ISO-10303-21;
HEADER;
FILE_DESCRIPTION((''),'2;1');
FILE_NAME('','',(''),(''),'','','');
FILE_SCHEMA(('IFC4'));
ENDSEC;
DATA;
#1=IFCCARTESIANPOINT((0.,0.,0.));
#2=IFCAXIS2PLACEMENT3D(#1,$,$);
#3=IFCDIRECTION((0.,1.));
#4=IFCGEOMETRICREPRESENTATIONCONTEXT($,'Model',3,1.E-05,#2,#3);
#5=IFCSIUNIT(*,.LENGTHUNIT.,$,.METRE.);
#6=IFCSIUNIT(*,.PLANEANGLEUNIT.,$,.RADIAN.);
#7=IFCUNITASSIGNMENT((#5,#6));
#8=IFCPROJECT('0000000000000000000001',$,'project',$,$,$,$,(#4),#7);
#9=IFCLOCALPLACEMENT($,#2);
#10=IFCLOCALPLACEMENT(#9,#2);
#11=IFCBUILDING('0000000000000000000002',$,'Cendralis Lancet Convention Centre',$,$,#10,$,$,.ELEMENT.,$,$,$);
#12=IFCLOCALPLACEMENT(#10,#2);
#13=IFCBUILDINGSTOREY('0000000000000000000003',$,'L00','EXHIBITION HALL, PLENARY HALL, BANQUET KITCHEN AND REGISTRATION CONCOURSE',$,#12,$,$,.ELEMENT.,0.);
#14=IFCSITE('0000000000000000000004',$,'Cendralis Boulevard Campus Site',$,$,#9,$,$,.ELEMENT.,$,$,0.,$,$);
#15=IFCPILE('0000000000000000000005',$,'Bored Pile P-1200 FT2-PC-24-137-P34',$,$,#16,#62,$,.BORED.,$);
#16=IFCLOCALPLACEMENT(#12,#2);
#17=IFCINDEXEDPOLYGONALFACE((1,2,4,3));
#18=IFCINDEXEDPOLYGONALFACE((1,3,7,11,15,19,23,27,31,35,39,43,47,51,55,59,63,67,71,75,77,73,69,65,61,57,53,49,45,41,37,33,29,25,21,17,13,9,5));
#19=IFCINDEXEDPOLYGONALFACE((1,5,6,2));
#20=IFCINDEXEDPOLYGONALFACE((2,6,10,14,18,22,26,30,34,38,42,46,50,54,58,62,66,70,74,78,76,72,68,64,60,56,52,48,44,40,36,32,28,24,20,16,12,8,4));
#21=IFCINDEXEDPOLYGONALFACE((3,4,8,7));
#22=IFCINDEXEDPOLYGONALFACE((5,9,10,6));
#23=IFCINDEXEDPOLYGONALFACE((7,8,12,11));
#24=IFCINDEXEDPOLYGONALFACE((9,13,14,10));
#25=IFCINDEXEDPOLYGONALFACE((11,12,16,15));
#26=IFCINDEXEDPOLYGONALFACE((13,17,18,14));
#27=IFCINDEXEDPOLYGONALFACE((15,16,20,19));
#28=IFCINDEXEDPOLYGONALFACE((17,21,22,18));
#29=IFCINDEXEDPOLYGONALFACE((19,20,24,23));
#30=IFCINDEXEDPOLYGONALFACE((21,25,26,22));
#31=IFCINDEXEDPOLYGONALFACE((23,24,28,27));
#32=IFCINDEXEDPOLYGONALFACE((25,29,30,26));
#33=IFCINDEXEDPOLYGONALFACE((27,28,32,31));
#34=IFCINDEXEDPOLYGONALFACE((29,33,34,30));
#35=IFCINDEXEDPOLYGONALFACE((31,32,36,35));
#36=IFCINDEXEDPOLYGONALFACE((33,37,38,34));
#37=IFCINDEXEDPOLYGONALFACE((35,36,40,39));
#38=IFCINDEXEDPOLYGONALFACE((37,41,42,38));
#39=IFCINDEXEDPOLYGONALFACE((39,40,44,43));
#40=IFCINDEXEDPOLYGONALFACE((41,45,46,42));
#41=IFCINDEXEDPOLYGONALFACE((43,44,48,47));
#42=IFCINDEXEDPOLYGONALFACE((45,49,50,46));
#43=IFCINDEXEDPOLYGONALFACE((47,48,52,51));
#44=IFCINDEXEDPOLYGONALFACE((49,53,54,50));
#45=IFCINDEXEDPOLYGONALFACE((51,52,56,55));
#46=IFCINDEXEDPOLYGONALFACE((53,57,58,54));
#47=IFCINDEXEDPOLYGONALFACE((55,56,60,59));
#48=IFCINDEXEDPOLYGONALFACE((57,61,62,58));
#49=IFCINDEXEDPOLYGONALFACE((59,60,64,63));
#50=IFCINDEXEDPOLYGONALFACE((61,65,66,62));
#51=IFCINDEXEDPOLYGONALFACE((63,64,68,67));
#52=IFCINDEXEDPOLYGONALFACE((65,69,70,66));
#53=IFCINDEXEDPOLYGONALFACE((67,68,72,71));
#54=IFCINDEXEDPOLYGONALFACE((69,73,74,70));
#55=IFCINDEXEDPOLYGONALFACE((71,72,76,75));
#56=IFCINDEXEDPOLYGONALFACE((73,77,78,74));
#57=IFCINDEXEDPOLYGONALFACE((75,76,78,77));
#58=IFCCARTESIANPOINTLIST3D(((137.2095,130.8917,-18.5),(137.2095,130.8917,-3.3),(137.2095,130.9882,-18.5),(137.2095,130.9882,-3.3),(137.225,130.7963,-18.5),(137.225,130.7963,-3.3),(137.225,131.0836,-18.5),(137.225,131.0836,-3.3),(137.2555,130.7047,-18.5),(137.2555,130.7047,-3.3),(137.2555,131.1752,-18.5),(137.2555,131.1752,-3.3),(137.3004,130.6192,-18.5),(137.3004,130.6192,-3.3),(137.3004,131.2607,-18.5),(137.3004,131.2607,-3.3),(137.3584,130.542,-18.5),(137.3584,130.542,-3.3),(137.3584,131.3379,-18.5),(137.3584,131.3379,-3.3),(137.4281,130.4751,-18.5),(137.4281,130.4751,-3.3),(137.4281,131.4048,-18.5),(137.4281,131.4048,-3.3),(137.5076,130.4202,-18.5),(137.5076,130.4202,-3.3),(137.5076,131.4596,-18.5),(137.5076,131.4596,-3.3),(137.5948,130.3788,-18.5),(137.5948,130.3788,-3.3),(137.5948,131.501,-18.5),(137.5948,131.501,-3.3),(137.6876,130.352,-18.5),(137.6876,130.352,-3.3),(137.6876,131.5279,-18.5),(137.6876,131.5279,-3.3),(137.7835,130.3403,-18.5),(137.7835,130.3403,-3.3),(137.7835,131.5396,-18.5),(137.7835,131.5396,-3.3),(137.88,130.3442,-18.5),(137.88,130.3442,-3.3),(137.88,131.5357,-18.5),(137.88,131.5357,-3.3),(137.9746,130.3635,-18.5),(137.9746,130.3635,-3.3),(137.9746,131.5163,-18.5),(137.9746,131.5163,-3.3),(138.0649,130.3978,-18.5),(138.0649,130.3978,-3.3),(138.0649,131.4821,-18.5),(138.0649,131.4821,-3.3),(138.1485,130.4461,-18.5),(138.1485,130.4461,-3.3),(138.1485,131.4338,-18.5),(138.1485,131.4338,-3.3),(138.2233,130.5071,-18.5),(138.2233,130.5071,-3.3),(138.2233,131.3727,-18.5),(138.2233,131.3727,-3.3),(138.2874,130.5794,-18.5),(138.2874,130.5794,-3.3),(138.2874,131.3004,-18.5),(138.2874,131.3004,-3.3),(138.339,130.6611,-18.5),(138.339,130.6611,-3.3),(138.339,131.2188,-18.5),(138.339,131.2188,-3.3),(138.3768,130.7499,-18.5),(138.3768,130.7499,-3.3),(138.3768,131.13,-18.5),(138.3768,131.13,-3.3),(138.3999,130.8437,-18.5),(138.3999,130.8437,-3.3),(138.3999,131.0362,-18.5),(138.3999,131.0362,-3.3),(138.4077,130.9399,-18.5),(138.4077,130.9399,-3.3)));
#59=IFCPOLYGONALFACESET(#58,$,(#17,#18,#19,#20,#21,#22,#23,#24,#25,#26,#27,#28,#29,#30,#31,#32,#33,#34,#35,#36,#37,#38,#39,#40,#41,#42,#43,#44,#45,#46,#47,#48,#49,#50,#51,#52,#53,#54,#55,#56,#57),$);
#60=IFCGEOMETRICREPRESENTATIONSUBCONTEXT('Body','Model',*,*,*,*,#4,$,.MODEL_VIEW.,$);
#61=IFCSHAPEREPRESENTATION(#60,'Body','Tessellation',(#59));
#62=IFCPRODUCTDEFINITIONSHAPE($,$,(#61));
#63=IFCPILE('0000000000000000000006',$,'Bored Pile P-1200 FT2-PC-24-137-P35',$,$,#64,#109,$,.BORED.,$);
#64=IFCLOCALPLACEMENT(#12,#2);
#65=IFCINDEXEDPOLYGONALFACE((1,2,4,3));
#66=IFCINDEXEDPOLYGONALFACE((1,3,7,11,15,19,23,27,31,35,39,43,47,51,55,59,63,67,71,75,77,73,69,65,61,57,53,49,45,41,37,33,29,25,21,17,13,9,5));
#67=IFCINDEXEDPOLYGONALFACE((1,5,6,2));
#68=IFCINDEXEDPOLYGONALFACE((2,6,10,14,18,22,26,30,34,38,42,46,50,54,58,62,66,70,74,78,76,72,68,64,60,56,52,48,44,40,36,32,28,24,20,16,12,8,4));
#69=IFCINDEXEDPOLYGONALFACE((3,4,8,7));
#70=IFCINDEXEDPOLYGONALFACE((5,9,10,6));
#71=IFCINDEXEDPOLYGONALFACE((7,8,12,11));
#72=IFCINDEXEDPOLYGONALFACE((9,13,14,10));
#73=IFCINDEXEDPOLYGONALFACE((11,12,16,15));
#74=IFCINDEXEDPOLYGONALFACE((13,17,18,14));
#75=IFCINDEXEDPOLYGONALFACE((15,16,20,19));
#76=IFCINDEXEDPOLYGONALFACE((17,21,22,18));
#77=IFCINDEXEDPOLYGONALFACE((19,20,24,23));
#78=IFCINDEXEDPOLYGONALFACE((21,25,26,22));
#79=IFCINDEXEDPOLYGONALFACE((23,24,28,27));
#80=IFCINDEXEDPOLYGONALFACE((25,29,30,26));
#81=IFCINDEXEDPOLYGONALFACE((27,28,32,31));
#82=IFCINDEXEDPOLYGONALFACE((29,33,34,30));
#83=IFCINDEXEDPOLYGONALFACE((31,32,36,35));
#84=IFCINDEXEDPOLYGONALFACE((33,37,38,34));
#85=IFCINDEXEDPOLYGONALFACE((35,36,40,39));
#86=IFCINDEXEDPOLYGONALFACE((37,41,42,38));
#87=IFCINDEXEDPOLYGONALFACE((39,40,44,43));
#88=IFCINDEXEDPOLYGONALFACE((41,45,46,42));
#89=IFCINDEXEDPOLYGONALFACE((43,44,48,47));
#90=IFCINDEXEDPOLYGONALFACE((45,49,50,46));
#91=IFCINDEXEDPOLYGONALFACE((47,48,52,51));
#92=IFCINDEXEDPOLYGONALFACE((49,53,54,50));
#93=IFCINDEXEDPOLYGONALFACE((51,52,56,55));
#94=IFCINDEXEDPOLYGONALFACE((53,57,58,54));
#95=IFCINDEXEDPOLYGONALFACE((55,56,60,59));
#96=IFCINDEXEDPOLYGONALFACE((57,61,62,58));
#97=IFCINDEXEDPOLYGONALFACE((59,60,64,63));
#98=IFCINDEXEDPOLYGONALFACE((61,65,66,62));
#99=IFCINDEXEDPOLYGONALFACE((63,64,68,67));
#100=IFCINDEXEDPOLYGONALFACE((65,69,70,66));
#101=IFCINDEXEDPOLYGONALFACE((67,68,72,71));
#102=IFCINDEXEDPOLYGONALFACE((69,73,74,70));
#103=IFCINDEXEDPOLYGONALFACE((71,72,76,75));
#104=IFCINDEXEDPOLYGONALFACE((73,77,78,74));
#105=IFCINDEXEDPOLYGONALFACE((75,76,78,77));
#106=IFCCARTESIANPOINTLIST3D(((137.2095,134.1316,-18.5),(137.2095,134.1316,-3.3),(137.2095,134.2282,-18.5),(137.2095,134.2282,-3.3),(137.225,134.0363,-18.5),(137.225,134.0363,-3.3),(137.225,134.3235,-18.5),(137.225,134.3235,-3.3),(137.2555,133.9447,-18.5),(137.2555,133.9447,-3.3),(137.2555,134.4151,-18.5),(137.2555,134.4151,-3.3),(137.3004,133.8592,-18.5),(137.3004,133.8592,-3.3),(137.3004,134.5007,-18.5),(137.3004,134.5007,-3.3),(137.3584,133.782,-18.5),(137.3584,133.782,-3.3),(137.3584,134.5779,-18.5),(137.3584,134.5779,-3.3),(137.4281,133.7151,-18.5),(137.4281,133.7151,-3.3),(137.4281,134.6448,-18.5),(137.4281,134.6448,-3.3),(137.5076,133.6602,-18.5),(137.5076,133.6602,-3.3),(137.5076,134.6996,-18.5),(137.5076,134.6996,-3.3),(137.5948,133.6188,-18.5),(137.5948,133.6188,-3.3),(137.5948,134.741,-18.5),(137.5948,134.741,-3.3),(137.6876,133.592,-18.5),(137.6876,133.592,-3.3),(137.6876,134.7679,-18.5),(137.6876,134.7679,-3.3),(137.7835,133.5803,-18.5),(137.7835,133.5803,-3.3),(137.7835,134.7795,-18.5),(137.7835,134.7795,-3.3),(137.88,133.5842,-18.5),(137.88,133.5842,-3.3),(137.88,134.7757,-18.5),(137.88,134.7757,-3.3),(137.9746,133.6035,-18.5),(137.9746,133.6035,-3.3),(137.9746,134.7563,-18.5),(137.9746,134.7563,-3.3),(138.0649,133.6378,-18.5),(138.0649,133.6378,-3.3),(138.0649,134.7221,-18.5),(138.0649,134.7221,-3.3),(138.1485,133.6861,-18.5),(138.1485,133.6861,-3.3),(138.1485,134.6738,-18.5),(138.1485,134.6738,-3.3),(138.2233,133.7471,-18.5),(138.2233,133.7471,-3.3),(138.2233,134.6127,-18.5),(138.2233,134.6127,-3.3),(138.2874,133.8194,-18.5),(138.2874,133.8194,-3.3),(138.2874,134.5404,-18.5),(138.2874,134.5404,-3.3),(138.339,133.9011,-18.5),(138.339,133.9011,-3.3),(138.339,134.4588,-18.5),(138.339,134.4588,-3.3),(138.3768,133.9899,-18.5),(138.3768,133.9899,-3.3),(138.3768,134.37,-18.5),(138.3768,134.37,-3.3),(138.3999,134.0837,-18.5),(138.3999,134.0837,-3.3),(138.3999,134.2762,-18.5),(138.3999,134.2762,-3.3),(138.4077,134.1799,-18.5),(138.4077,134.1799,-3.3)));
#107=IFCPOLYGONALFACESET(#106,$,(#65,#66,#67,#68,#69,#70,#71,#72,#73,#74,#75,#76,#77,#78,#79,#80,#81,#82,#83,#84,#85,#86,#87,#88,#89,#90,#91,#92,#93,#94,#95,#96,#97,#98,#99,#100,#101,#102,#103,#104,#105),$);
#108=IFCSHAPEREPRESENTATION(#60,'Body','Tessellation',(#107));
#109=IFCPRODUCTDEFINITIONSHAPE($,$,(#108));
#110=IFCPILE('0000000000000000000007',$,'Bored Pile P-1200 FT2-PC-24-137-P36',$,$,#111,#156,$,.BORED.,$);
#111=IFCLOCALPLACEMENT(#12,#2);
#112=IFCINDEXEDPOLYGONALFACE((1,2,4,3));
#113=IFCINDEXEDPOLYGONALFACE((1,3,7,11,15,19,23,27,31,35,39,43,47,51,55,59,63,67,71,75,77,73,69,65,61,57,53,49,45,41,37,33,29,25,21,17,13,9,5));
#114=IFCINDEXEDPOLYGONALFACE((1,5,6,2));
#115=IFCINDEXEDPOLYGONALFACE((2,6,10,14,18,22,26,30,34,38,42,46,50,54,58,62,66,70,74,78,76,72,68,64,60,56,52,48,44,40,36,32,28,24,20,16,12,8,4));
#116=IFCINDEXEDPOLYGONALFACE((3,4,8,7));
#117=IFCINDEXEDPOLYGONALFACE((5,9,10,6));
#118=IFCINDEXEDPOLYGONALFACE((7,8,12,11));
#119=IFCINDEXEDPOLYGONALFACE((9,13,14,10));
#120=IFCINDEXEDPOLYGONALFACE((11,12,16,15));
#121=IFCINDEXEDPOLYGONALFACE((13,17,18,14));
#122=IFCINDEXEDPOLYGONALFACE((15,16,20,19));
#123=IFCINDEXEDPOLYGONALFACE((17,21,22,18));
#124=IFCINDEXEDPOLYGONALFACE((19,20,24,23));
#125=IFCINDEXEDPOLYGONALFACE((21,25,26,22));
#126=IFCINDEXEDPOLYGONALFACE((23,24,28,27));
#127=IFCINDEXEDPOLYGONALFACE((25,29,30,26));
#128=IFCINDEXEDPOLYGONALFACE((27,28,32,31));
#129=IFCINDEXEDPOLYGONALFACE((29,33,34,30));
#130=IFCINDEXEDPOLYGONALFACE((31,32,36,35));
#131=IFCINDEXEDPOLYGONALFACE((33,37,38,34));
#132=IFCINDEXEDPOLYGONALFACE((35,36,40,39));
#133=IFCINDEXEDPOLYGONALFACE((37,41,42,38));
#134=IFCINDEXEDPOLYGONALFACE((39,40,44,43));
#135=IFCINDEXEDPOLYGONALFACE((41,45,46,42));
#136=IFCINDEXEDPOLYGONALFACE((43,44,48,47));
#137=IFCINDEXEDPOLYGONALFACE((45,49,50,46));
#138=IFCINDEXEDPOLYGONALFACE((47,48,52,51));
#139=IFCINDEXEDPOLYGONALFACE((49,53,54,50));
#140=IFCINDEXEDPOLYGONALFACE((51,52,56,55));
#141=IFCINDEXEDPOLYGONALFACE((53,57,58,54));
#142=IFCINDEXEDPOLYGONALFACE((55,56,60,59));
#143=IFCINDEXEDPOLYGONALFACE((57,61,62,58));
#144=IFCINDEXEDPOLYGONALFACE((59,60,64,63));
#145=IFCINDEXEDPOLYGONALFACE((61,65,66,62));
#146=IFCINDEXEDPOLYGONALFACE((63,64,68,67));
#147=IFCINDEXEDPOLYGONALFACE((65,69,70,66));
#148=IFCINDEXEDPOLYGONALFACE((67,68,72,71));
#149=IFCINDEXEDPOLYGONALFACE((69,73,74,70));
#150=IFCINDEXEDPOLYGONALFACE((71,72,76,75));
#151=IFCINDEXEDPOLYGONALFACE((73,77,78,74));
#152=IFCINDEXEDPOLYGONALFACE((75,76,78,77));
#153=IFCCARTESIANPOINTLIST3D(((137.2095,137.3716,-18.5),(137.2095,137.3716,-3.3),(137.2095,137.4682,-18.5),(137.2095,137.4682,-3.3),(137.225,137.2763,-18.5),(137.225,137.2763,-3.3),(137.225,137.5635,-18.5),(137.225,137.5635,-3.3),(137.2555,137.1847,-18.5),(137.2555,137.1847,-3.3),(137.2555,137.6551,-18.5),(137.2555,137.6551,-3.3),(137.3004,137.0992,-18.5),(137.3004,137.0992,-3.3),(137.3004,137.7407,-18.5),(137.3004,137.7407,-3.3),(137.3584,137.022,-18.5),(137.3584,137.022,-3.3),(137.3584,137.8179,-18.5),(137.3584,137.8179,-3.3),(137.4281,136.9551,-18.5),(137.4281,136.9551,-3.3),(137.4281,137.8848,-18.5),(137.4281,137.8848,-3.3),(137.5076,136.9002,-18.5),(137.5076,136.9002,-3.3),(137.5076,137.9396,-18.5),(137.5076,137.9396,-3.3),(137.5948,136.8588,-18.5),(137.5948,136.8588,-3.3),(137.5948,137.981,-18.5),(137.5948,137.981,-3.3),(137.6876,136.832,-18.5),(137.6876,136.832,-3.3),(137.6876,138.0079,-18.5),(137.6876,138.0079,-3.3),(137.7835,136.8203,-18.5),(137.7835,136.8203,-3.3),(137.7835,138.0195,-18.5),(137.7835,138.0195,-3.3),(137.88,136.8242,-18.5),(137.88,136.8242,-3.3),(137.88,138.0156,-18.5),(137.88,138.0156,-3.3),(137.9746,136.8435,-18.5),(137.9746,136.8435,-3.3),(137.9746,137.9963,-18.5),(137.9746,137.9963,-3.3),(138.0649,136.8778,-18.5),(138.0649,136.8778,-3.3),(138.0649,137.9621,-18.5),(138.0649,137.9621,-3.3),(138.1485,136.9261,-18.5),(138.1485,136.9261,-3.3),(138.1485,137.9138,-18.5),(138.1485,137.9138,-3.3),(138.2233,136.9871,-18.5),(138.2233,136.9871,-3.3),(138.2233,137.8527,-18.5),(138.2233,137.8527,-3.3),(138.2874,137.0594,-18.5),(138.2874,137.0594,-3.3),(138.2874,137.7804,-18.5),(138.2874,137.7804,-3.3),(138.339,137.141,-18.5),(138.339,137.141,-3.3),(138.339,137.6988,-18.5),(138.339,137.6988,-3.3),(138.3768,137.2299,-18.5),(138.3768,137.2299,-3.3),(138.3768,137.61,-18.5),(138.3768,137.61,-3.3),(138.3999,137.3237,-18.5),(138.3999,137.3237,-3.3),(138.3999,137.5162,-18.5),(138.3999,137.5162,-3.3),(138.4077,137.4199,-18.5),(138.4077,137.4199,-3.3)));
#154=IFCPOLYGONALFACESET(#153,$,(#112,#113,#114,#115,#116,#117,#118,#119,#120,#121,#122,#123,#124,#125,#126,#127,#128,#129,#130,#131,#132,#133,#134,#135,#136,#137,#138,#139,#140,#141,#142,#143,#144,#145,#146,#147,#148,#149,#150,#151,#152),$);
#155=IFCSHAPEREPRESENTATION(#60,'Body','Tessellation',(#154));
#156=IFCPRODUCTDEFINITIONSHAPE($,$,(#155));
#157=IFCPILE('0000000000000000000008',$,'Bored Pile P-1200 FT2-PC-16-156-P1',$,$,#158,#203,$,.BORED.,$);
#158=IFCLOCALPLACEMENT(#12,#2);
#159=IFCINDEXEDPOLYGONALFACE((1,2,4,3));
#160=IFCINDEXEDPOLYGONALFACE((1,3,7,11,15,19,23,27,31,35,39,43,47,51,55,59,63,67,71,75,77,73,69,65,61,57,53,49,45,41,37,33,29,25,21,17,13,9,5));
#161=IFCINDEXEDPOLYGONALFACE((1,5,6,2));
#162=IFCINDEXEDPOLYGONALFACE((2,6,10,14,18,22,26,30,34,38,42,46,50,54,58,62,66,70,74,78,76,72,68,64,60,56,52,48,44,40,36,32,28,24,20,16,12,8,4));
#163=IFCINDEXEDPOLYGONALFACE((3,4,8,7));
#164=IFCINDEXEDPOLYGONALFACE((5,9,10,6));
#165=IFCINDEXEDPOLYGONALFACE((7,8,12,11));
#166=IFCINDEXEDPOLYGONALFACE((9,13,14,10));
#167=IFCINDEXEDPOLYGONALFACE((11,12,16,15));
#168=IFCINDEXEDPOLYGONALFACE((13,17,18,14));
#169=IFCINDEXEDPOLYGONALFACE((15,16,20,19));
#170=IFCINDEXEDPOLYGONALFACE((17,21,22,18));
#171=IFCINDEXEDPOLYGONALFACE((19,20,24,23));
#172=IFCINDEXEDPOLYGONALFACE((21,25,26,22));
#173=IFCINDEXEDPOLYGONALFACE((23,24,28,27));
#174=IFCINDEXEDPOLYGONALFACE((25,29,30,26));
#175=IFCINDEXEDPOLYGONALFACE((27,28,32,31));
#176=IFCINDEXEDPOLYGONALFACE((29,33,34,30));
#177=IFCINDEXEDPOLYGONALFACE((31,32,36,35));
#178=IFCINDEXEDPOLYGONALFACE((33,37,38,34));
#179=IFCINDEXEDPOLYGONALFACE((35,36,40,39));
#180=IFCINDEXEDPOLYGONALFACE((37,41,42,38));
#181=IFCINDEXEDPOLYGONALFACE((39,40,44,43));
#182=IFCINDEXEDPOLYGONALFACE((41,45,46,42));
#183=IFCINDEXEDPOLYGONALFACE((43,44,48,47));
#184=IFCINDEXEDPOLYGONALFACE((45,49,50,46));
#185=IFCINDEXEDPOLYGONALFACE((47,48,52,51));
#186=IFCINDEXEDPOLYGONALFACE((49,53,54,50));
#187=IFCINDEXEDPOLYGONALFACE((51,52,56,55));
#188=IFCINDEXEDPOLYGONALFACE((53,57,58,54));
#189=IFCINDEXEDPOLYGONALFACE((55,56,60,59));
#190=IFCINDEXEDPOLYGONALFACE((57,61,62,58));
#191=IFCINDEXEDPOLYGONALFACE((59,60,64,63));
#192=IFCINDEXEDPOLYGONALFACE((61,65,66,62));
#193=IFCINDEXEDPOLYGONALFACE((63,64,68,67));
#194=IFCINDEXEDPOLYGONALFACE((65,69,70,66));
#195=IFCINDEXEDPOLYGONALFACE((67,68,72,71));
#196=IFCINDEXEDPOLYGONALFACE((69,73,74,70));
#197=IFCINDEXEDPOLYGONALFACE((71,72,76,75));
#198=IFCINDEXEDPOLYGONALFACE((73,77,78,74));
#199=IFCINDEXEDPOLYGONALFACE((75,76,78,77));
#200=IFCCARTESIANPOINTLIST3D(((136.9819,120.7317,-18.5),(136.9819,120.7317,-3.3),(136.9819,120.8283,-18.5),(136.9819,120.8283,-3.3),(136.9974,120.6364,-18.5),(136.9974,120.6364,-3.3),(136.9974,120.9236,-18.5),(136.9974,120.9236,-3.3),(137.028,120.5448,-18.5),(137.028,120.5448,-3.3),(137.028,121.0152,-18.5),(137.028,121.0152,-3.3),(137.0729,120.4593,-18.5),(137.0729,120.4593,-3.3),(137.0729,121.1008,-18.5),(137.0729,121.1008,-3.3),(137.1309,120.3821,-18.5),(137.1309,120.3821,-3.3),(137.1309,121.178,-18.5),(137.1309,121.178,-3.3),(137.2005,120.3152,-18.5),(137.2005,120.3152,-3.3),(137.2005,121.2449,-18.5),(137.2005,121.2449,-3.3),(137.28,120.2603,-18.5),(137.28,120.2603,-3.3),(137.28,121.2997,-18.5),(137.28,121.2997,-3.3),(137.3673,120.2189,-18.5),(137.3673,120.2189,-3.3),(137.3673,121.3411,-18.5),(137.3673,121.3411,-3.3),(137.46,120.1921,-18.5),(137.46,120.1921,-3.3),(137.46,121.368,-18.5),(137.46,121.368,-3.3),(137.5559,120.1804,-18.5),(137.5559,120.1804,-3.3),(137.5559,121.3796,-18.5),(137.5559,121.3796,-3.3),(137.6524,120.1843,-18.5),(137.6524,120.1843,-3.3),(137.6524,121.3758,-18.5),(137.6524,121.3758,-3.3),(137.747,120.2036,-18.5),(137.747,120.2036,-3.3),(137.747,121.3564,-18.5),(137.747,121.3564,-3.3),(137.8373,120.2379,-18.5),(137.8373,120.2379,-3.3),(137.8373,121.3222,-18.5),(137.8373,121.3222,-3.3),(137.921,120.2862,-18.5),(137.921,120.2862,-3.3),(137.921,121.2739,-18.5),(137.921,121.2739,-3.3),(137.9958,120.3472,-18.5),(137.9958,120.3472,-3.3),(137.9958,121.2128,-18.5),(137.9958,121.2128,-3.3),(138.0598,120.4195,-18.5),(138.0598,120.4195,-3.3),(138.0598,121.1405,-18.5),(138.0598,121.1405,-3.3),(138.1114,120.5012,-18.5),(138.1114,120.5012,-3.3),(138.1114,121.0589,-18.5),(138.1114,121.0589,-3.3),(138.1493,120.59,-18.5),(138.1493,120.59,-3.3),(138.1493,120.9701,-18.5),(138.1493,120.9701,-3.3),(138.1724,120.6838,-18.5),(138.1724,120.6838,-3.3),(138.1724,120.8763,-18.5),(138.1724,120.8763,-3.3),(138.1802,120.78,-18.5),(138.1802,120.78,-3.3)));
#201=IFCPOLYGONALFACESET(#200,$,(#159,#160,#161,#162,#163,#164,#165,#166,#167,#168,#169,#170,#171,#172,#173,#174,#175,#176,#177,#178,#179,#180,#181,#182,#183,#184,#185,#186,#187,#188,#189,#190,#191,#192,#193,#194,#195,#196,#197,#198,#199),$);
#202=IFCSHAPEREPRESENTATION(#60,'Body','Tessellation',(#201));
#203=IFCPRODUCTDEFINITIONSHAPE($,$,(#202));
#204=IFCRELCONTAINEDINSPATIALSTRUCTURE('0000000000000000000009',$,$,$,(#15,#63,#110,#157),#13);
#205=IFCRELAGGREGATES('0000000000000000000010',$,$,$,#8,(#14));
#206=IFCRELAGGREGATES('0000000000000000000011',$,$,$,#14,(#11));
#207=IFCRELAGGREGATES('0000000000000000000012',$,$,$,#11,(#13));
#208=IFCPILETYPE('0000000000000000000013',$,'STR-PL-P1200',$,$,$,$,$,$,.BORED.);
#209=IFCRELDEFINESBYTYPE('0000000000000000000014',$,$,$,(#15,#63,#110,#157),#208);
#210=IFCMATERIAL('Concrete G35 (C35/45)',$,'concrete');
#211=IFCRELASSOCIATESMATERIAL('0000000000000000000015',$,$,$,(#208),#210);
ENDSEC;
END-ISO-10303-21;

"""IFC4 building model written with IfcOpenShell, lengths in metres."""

from ifc_helpers import new_model, si_unit, direction, frame, origin, origin_2d, place, context, subcontext, project, spatial, circle, extrude, material, material_profile, profile_set, type_object, element, save


model = new_model("IFC4")

# Units and contexts
model_context = context("Model", 3, precision=1e-05, world=origin(), true_north=direction((0.0, 1.0)))
body_context = subcontext(model_context, "Body", "Model", "MODEL_VIEW")
ifc_project = project(units=[si_unit("LENGTHUNIT", "METRE"), si_unit("PLANEANGLEUNIT", "RADIAN")], contexts=[model_context])

# Site, building, storey
site_placement = place(None, origin())
site = spatial("IfcSite", under=ifc_project, at=site_placement, Name="Cendralis Boulevard Campus Site", CompositionType="ELEMENT", RefElevation=0.0)
building_placement = place(site_placement, origin())
building = spatial("IfcBuilding", under=site, at=building_placement, Name="Cendralis Lancet Convention Centre", CompositionType="ELEMENT")
storey_placement = place(building_placement, origin())
storey = spatial("IfcBuildingStorey", under=building, at=storey_placement, Name="L00", Description="EXHIBITION HALL, PLENARY HALL, BANQUET KITCHEN AND REGISTRATION CONCOURSE", CompositionType="ELEMENT", Elevation=0.0)

# Shared definitions
ifc_material_1 = material(Name="Concrete G35 (C35/45)", Category="concrete")

# Piles
ifc_material_profile_1 = material_profile(ifc_material_1, circle(Radius=0.6001, at=origin_2d()), Name="BORED PILE D1200")
ifc_profile_set_1 = profile_set([ifc_material_profile_1], Name="Concrete G35 (C35/45)")
pile_type_1 = type_object("IfcPileType", Name="STR-PL-P1200", PredefinedType="BORED", material=ifc_profile_set_1)
for number, where, z_axis, x_axis, name in (
    (1, (137.8076, 130.9399, -3.3), (0.0, 0.0, -1.0), (1.0, 0.0, 0.0), "Bored Pile P-1200 FT2-PC-24-137-P34"),
    (2, (137.8076, 134.1799, -3.3), (0.0, 0.0, -1.0), (1.0, 0.0, 0.0), "Bored Pile P-1200 FT2-PC-24-137-P35"),
    (3, (137.8076, 137.4199, -3.3), (0.0, 0.0, -1.0), (1.0, 0.0, 0.0), "Bored Pile P-1200 FT2-PC-24-137-P36"),
    (4, (137.5801, 120.78, -3.3), (0.0, 0.0, -1.0), (1.0, 0.0, 0.0), "Bored Pile P-1200 FT2-PC-16-156-P1"),
):
    element("IfcPile", number, at=place(storey_placement, frame(where, z_axis=z_axis, x_axis=x_axis)), inside=storey, type_object=pile_type_1, Name=name, PredefinedType="BORED", context=body_context, shape_type="SweptSolid", body=[
        extrude(circle(Radius=0.6001, at=origin_2d()), origin(), (0.0, 0.0, 1.0), 15.2),
    ])

save(model, "model.ifc")
